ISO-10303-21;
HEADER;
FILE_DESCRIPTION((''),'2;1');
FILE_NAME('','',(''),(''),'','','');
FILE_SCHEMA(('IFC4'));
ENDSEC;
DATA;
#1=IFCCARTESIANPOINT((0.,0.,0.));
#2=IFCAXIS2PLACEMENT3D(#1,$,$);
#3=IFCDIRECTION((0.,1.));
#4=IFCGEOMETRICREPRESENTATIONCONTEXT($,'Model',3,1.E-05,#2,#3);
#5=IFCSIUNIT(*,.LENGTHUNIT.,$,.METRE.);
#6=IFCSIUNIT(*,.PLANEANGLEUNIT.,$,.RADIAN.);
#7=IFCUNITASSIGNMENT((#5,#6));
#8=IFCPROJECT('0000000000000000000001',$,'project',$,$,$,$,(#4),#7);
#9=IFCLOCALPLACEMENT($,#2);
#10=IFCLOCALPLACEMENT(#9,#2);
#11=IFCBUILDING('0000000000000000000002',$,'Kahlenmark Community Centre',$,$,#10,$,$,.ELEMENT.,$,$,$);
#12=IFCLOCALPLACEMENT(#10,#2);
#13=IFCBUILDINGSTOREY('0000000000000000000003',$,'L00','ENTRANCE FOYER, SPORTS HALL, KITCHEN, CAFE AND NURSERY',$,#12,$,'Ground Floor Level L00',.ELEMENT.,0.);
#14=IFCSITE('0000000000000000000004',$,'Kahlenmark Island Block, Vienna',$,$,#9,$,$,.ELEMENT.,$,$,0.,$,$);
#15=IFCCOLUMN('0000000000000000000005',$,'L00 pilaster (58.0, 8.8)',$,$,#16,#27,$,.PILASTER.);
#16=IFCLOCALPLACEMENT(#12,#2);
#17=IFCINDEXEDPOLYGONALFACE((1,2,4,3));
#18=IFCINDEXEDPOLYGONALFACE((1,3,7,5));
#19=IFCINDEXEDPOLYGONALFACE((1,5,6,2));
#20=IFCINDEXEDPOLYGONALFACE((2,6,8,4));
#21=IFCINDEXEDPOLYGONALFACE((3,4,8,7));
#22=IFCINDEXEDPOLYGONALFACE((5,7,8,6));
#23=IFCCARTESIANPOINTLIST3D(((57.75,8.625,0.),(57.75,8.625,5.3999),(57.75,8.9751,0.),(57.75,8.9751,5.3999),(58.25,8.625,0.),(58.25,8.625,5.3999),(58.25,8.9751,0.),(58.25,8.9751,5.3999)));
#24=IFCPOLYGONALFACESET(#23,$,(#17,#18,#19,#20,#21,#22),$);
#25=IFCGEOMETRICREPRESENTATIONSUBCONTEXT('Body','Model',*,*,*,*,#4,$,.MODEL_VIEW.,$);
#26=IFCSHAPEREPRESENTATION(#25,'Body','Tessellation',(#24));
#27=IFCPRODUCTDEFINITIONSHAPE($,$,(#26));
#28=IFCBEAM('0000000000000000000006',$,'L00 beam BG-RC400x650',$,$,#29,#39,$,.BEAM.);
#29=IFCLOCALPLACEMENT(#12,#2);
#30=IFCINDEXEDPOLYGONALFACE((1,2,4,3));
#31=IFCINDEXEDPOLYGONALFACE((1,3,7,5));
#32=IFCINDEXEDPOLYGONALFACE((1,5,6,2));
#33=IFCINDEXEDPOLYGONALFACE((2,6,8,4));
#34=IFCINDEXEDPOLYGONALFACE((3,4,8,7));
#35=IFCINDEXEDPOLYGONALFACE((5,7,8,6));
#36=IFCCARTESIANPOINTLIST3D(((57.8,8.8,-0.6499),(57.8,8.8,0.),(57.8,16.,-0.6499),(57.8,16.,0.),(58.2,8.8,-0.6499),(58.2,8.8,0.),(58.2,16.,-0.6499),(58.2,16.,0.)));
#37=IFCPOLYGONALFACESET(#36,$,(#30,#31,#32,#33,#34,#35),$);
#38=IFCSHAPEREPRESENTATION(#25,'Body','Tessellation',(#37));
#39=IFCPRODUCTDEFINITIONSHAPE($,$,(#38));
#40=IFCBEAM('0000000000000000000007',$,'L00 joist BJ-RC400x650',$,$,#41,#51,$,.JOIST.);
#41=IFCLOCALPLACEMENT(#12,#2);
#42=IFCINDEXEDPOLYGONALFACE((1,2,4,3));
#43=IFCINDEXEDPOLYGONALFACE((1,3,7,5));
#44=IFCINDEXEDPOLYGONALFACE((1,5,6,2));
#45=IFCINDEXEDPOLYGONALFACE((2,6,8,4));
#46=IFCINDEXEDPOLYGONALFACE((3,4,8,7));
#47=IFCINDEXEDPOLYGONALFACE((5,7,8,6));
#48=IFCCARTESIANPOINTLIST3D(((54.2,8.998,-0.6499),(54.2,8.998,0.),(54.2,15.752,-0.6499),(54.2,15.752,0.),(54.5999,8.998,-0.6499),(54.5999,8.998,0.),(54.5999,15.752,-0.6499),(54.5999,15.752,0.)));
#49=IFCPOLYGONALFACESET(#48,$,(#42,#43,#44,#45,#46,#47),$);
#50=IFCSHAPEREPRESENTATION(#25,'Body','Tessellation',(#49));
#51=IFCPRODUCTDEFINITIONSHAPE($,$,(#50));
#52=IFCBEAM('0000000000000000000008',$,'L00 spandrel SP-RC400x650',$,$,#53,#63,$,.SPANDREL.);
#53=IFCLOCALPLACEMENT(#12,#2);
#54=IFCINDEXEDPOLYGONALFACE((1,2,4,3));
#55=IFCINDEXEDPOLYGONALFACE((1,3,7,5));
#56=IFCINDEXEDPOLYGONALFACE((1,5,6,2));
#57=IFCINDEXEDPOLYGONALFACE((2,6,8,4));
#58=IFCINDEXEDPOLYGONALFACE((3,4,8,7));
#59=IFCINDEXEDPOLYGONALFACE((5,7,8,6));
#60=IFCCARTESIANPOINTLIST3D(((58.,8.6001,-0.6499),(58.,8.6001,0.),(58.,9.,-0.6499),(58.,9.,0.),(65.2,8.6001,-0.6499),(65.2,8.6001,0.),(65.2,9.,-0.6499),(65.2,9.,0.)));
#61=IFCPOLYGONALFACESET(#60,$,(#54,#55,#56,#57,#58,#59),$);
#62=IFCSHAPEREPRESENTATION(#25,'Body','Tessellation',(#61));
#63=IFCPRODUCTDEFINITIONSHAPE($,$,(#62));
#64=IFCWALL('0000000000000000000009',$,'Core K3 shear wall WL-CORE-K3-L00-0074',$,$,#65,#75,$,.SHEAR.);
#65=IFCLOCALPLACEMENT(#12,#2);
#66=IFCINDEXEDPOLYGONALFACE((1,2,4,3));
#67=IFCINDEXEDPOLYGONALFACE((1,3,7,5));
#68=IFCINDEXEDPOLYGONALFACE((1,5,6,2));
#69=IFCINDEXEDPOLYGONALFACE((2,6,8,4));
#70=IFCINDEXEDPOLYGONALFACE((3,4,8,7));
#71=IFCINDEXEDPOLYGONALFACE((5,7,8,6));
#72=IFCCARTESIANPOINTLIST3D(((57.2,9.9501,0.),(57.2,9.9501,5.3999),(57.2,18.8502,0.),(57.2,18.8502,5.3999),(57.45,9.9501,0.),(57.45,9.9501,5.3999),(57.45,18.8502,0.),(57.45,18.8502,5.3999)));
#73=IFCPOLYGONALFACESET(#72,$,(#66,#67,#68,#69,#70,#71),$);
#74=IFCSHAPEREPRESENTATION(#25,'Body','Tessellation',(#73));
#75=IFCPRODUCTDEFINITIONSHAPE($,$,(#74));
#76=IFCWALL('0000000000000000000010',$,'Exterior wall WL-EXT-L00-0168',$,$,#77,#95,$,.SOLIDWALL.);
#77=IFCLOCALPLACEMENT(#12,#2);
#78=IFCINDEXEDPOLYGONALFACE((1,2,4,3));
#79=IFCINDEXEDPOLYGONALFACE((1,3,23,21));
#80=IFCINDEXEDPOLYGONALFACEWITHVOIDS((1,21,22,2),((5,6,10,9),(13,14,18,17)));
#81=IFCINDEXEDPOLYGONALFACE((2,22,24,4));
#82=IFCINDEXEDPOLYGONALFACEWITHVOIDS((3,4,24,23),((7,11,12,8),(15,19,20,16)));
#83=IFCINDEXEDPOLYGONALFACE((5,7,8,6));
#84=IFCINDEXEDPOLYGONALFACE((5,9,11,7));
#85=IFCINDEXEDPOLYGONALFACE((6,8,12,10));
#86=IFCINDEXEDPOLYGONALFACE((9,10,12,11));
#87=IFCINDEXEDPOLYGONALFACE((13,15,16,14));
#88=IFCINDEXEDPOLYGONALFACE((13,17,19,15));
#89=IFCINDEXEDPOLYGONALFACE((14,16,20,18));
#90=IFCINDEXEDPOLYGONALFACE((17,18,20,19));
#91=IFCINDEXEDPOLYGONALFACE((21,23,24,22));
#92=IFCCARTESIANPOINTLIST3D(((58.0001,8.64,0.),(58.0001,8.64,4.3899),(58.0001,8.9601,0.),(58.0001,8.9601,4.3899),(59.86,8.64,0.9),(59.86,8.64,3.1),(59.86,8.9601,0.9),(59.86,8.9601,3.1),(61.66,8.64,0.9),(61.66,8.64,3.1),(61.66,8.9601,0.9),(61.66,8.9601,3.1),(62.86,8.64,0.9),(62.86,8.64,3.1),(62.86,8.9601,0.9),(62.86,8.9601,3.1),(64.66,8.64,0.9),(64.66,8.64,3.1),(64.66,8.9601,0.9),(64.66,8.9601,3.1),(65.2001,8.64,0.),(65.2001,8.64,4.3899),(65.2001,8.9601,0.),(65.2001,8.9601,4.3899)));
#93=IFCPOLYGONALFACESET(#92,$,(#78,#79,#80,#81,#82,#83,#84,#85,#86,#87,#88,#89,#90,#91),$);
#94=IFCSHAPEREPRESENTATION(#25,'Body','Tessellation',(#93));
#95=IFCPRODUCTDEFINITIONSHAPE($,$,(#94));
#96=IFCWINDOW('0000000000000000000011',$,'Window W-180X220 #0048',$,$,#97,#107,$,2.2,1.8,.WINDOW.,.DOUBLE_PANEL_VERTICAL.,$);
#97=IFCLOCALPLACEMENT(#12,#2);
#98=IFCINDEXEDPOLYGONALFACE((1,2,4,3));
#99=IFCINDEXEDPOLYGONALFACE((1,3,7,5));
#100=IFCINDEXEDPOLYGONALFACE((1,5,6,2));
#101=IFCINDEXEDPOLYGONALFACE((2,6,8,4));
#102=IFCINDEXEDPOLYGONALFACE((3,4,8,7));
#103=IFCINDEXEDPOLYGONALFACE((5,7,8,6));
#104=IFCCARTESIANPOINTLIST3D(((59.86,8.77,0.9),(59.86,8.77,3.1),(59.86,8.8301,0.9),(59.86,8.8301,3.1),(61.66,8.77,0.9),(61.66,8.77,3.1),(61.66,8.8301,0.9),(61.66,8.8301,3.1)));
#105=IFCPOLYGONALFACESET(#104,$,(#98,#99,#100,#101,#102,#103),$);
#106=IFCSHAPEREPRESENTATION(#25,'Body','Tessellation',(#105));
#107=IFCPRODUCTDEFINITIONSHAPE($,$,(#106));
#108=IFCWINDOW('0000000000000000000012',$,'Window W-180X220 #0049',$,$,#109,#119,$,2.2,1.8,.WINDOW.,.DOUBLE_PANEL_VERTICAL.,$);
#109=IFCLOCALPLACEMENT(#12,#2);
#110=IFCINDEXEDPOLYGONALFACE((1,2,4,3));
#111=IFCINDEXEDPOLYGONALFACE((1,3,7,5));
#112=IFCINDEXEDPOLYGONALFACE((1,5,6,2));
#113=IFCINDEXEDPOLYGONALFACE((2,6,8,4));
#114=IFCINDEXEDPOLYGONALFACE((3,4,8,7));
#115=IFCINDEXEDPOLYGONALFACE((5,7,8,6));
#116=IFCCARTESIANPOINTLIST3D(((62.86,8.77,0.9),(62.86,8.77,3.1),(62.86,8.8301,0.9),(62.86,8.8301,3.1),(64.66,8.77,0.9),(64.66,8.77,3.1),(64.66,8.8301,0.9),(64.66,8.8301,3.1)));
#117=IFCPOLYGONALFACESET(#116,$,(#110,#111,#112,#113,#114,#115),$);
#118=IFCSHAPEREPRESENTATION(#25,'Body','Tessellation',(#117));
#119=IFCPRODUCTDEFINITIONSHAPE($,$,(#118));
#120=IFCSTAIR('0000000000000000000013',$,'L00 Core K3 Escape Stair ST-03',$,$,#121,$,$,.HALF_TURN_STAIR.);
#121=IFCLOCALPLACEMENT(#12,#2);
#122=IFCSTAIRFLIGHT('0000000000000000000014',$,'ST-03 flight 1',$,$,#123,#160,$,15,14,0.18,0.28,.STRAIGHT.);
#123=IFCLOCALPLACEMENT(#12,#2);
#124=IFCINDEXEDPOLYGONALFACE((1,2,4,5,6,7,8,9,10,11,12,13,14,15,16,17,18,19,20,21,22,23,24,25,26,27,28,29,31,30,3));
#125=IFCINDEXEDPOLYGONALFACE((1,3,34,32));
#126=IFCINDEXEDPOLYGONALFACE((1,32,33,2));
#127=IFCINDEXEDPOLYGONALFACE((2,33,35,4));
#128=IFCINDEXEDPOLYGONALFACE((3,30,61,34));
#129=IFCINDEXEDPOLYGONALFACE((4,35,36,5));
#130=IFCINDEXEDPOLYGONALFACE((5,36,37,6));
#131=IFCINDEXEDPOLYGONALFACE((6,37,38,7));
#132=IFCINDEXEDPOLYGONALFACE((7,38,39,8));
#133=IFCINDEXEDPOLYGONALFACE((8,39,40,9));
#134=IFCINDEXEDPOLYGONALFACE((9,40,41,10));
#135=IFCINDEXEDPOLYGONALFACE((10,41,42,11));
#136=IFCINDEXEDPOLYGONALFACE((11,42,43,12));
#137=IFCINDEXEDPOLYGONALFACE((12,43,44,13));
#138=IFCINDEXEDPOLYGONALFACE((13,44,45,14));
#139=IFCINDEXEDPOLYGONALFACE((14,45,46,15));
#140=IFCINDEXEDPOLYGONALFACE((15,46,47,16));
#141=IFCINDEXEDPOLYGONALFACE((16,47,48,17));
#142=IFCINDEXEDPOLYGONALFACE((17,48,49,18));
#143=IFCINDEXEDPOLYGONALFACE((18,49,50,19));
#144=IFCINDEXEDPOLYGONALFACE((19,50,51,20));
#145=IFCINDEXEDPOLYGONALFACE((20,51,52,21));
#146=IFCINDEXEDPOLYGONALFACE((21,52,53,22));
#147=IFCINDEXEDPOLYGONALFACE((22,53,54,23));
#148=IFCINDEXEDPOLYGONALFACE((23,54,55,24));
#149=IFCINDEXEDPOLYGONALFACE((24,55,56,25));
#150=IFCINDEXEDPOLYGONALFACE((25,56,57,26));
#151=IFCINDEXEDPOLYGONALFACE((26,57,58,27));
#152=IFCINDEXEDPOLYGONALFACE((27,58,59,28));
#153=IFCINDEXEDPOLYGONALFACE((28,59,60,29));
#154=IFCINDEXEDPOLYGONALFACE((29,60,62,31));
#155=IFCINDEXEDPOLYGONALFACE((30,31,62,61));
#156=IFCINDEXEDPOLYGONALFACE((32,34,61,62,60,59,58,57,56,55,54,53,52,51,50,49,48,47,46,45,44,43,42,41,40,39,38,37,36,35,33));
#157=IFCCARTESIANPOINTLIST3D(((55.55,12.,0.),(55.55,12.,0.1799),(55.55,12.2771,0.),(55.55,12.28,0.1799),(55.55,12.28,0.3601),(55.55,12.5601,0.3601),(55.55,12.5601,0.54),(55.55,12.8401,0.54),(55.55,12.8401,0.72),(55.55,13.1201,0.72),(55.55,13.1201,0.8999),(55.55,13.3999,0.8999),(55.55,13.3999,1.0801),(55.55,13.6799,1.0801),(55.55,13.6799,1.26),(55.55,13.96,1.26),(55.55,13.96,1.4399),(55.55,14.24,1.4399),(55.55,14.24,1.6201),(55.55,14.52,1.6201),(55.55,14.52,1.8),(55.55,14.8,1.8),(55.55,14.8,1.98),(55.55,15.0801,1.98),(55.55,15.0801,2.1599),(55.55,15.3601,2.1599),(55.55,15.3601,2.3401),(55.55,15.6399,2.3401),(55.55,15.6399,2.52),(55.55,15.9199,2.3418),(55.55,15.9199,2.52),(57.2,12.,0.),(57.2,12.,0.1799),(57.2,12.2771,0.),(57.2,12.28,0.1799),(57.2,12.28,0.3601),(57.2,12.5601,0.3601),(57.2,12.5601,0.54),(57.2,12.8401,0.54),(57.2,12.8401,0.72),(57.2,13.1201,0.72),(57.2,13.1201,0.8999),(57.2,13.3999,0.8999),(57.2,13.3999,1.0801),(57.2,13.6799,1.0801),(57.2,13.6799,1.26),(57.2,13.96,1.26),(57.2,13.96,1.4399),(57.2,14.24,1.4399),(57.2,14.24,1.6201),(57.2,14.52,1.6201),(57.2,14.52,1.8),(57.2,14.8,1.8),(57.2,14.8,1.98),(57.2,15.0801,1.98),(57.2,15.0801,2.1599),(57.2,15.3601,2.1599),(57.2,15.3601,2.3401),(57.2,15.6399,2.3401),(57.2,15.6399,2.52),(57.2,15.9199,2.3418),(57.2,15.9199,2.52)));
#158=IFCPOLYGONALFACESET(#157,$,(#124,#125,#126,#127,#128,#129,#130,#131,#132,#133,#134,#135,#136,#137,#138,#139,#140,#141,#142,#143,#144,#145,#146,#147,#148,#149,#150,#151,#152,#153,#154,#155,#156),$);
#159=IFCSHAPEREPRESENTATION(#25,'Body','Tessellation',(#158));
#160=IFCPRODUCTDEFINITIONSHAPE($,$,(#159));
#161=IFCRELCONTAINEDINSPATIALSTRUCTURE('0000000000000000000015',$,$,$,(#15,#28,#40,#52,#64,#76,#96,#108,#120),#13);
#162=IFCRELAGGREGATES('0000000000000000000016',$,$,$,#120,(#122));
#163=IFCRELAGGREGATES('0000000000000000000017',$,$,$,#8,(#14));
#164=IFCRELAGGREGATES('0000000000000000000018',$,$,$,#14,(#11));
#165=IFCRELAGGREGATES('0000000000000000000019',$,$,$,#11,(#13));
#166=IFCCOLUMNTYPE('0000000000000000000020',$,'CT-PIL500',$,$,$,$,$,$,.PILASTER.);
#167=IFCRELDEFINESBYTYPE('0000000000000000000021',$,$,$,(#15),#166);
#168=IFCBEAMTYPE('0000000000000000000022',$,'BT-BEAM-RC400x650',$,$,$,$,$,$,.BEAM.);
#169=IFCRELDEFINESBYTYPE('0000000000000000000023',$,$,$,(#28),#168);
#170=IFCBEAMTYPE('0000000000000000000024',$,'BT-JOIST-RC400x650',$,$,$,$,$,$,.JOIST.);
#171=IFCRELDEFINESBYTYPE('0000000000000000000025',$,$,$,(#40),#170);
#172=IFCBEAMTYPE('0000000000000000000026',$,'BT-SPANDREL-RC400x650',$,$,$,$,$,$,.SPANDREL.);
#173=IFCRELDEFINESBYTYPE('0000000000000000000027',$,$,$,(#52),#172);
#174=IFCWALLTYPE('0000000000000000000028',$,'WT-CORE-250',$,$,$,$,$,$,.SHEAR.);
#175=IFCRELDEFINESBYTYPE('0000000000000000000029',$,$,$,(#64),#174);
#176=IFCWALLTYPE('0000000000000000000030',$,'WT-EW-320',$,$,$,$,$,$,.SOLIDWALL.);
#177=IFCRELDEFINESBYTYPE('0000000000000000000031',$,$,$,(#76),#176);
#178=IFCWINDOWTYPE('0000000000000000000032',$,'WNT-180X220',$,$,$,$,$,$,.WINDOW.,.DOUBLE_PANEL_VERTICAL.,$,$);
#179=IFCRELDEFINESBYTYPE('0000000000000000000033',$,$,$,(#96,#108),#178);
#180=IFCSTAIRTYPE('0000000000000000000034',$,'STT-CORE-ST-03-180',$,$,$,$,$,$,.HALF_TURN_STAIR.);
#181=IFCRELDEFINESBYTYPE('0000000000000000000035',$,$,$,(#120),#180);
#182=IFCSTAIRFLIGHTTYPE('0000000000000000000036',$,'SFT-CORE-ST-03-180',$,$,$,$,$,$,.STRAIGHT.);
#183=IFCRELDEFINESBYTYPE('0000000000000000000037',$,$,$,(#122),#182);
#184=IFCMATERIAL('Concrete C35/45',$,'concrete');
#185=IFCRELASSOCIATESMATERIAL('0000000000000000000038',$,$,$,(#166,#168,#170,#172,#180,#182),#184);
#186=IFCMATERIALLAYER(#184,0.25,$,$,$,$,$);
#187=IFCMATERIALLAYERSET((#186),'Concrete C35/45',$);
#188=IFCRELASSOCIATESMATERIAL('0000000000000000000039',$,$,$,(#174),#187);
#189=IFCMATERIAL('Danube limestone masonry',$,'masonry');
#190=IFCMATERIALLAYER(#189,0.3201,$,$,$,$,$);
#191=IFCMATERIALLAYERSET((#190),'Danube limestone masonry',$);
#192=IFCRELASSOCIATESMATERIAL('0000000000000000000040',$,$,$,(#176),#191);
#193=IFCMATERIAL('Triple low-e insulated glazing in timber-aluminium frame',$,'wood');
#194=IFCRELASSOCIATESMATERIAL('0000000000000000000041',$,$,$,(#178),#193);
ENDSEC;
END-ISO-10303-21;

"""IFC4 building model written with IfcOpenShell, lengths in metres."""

from ifc_helpers import new_model, si_unit, direction, frame, frame_2d, origin, origin_2d, place, context, subcontext, project, spatial, polyline, rectangle, outline, extrude, material, layer, layer_set, material_profile, profile_set, type_object, element, fill, aggregate, save


model = new_model("IFC4")

# Units and contexts
model_context = context("Model", 3, precision=1e-05, world=origin(), true_north=direction((0.0, 1.0)))
body_context = subcontext(model_context, "Body", "Model", "MODEL_VIEW")
ifc_project = project(units=[si_unit("LENGTHUNIT", "METRE"), si_unit("PLANEANGLEUNIT", "RADIAN")], contexts=[model_context])

# Site, building, storey
site_placement = place(None, origin())
site = spatial("IfcSite", under=ifc_project, at=site_placement, Name="Kahlenmark Island Block, Vienna", CompositionType="ELEMENT", RefElevation=0.0)
building_placement = place(site_placement, origin())
building = spatial("IfcBuilding", under=site, at=building_placement, Name="Kahlenmark Community Centre", CompositionType="ELEMENT")
storey_placement = place(building_placement, origin())
storey = spatial("IfcBuildingStorey", under=building, at=storey_placement, Name="L00", Description="ENTRANCE FOYER, SPORTS HALL, KITCHEN, CAFE AND NURSERY", LongName="Ground Floor Level L00", CompositionType="ELEMENT", Elevation=0.0)

# Column
ifc_material_1 = material(Name="Concrete C35/45", Category="concrete")
ifc_material_profile_1 = material_profile(ifc_material_1, rectangle(XDim=0.5, YDim=0.3501, at=origin_2d()), Name="RC 500x350")
ifc_profile_set_1 = profile_set([ifc_material_profile_1], Name="Concrete C35/45")
column_type = type_object("IfcColumnType", Name="CT-PIL500", PredefinedType="PILASTER", material=ifc_profile_set_1)
column_placement = place(storey_placement, frame((58.0, 8.8, 0.0), z_axis=(0.0, 0.0, 1.0), x_axis=(1.0, 0.0, 0.0)))
element("IfcColumn", 1, at=column_placement, inside=storey, type_object=column_type, Name="L00 pilaster (58.0, 8.8)", PredefinedType="PILASTER", context=body_context, shape_type="SweptSolid", body=[
    extrude(rectangle(XDim=0.5, YDim=0.3501, at=origin_2d()), origin(), (0.0, 0.0, 1.0), 5.3999),
])

# Beams
ifc_material_profile_2 = material_profile(ifc_material_1, rectangle(XDim=0.3999, YDim=0.6499, at=origin_2d()), Name="RC 400x650")
ifc_profile_set_2 = profile_set([ifc_material_profile_2], Name="Concrete C35/45")
beam_type_1 = type_object("IfcBeamType", Name="BT-BEAM-RC400x650", PredefinedType="BEAM", material=ifc_profile_set_2)
beam_1_placement = place(storey_placement, frame((58.0, 8.8, -0.325), z_axis=(0.0, 1.0, 0.0), x_axis=(-1.0, 0.0, 0.0)))
element("IfcBeam", 2, at=beam_1_placement, inside=storey, type_object=beam_type_1, Name="L00 beam BG-RC400x650", PredefinedType="BEAM", context=body_context, shape_type="SweptSolid", body=[
    extrude(rectangle(XDim=0.3999, YDim=0.6499, at=origin_2d()), origin(), (0.0, 0.0, 1.0), 7.2),
])
ifc_material_profile_3 = material_profile(ifc_material_1, rectangle(XDim=0.3999, YDim=0.6499, at=origin_2d()), Name="RC 400x650")
ifc_profile_set_3 = profile_set([ifc_material_profile_3], Name="Concrete C35/45")
beam_type_2 = type_object("IfcBeamType", Name="BT-JOIST-RC400x650", PredefinedType="JOIST", material=ifc_profile_set_3)
beam_2_placement = place(storey_placement, frame((54.3999, 8.998, -0.325), z_axis=(0.0, 1.0, 0.0), x_axis=(-1.0, 0.0, 0.0)))
element("IfcBeam", 3, at=beam_2_placement, inside=storey, type_object=beam_type_2, Name="L00 joist BJ-RC400x650", PredefinedType="JOIST", context=body_context, shape_type="SweptSolid", body=[
    extrude(rectangle(XDim=0.3999, YDim=0.6499, at=origin_2d()), origin(), (0.0, 0.0, 1.0), 6.7539),
])
ifc_material_profile_4 = material_profile(ifc_material_1, rectangle(XDim=0.3999, YDim=0.6499, at=origin_2d()), Name="RC 400x650")
ifc_profile_set_4 = profile_set([ifc_material_profile_4], Name="Concrete C35/45")
beam_type_3 = type_object("IfcBeamType", Name="BT-SPANDREL-RC400x650", PredefinedType="SPANDREL", material=ifc_profile_set_4)
beam_3_placement = place(storey_placement, frame((58.0, 8.8, -0.325), z_axis=(1.0, 0.0, 0.0), x_axis=(0.0, 1.0, 0.0)))
element("IfcBeam", 4, at=beam_3_placement, inside=storey, type_object=beam_type_3, Name="L00 spandrel SP-RC400x650", PredefinedType="SPANDREL", context=body_context, shape_type="SweptSolid", body=[
    extrude(rectangle(XDim=0.3999, YDim=0.6499, at=origin_2d()), origin(), (0.0, 0.0, 1.0), 7.2),
])

# Shared definitions
ifc_layer_1 = layer(ifc_material_1, 0.25)
ifc_layer_set_1 = layer_set([ifc_layer_1], Name="Concrete C35/45")
wall_type_1 = type_object("IfcWallType", Name="WT-CORE-250", PredefinedType="SHEAR", material=ifc_layer_set_1)

# Wall
wall_1_placement = place(storey_placement, frame((57.325, 9.95, 0.0), z_axis=(0.0, 0.0, 1.0), x_axis=(0.0, 1.0, 0.0)))
element("IfcWall", 5, at=wall_1_placement, inside=storey, type_object=wall_type_1, Name="Core K3 shear wall WL-CORE-K3-L00-0074", PredefinedType="SHEAR", context=body_context, shape_type="SweptSolid", body=[
    extrude(rectangle(XDim=8.9001, YDim=0.25, at=frame_2d((4.4502, 0.0))), origin(), (0.0, 0.0, 1.0), 5.3999),
])

# Wall, openings, windows
ifc_material_2 = material(Name="Danube limestone masonry", Category="masonry")
ifc_layer_2 = layer(ifc_material_2, 0.3201)
ifc_layer_set_2 = layer_set([ifc_layer_2], Name="Danube limestone masonry")
wall_type_2 = type_object("IfcWallType", Name="WT-EW-320", PredefinedType="SOLIDWALL", material=ifc_layer_set_2)
wall_2_placement = place(storey_placement, frame((58.0, 8.8, 0.0), z_axis=(0.0, 0.0, 1.0), x_axis=(1.0, 0.0, 0.0)))
wall_2 = element("IfcWall", 6, at=wall_2_placement, inside=storey, type_object=wall_type_2, Name="Exterior wall WL-EXT-L00-0168", PredefinedType="SOLIDWALL", context=body_context, shape_type="SweptSolid", body=[
    extrude(rectangle(XDim=7.2, YDim=0.3201, at=frame_2d((3.6001, 0.0))), origin(), (0.0, 0.0, 1.0), 4.3899),
])
opening_1_placement = place(wall_2_placement, frame((1.8601, 0.0, 0.8999)))
opening_1 = element("IfcOpeningElement", 7, at=opening_1_placement, cuts=wall_2, PredefinedType="OPENING", context=body_context, shape_type="SweptSolid", body=[
    extrude(rectangle(XDim=1.8, YDim=2.2, at=frame_2d((0.8999, 1.1001))), frame((0.0, 0.1699, 0.0), z_axis=(0.0, -1.0, 0.0), x_axis=(1.0, 0.0, 0.0)), (0.0, 0.0, 1.0), 0.3401),
])
opening_2_placement = place(wall_2_placement, frame((4.8601, 0.0, 0.8999)))
opening_2 = element("IfcOpeningElement", 8, at=opening_2_placement, cuts=wall_2, PredefinedType="OPENING", context=body_context, shape_type="SweptSolid", body=[
    extrude(rectangle(XDim=1.8, YDim=2.2, at=frame_2d((0.8999, 1.1001))), frame((0.0, 0.1699, 0.0), z_axis=(0.0, -1.0, 0.0), x_axis=(1.0, 0.0, 0.0)), (0.0, 0.0, 1.0), 0.3401),
])
ifc_material_3 = material(Name="Triple low-e insulated glazing in timber-aluminium frame", Category="wood")
window_type = type_object("IfcWindowType", Name="WNT-180X220", PartitioningType="DOUBLE_PANEL_VERTICAL", PredefinedType="WINDOW", material=ifc_material_3)
window_1_placement = place(opening_1_placement, origin())
window_1 = element("IfcWindow", 9, at=window_1_placement, inside=storey, type_object=window_type, Name="Window W-180X220 #0048", OverallHeight=2.2, OverallWidth=1.8, PartitioningType="DOUBLE_PANEL_VERTICAL", PredefinedType="WINDOW", context=body_context, shape_type="SweptSolid", body=[
    extrude(rectangle(XDim=1.8, YDim=2.2, at=frame_2d((0.8999, 1.1001))), frame((0.0, 0.03, 0.0), z_axis=(0.0, -1.0, 0.0), x_axis=(1.0, 0.0, 0.0)), (0.0, 0.0, 1.0), 0.0601),
])
fill(opening_1, window_1)
window_2_placement = place(opening_2_placement, origin())
window_2 = element("IfcWindow", 10, at=window_2_placement, inside=storey, type_object=window_type, Name="Window W-180X220 #0049", OverallHeight=2.2, OverallWidth=1.8, PartitioningType="DOUBLE_PANEL_VERTICAL", PredefinedType="WINDOW", context=body_context, shape_type="SweptSolid", body=[
    extrude(rectangle(XDim=1.8, YDim=2.2, at=frame_2d((0.8999, 1.1001))), frame((0.0, 0.03, 0.0), z_axis=(0.0, -1.0, 0.0), x_axis=(1.0, 0.0, 0.0)), (0.0, 0.0, 1.0), 0.0601),
])
fill(opening_2, window_2)

# Stair, stair flight
stair_type = type_object("IfcStairType", Name="STT-CORE-ST-03-180", PredefinedType="HALF_TURN_STAIR", material=ifc_material_1)
stair_placement = place(storey_placement, origin())
stair = element("IfcStair", 11, at=stair_placement, inside=storey, type_object=stair_type, Name="L00 Core K3 Escape Stair ST-03", PredefinedType="HALF_TURN_STAIR")
stair_flight_type = type_object("IfcStairFlightType", Name="SFT-CORE-ST-03-180", PredefinedType="STRAIGHT", material=ifc_material_1)
stair_flight_1_placement = place(storey_placement, frame((56.375, 12.0, 0.0), z_axis=(0.0, 0.0, 1.0), x_axis=(0.0, 1.0, 0.0)))
stair_flight_1 = element("IfcStairFlight", 12, at=stair_flight_1_placement, type_object=stair_flight_type, Name="ST-03 flight 1", NumberOfRisers=15, NumberOfTreads=14, PredefinedType="STRAIGHT", RiserHeight=0.18, TreadLength=0.28, context=body_context, shape_type="SweptSolid", body=[
    extrude(outline(polyline([(0.0, 0.0), (0.0, 0.1799), (0.28, 0.1799), (0.28, 0.3601), (0.5601, 0.3601), (0.5601, 0.54), (0.8401, 0.54), (0.8401, 0.72), (1.1201, 0.72), (1.1201, 0.8999), (1.3999, 0.8999), (1.3999, 1.0801), (1.6799, 1.0801), (1.6799, 1.26), (1.96, 1.26), (1.96, 1.4399), (2.24, 1.4399), (2.24, 1.6201), (2.52, 1.6201), (2.52, 1.8), (2.8, 1.8), (2.8, 1.98), (3.0801, 1.98), (3.0801, 2.1599), (3.3601, 2.1599), (3.3601, 2.3401), (3.6399, 2.3401), (3.6399, 2.52), (3.9199, 2.52), (3.9199, 2.7), (3.9199, 2.3418), (0.2771, 0.0), (0.0, 0.0)])), frame((0.0, 0.825, 0.0), z_axis=(0.0, -1.0, 0.0), x_axis=(1.0, 0.0, 0.0)), (0.0, 0.0, 1.0), 1.6499),
])
aggregate(stair, [stair_flight_1])

save(model, "model.ifc")
